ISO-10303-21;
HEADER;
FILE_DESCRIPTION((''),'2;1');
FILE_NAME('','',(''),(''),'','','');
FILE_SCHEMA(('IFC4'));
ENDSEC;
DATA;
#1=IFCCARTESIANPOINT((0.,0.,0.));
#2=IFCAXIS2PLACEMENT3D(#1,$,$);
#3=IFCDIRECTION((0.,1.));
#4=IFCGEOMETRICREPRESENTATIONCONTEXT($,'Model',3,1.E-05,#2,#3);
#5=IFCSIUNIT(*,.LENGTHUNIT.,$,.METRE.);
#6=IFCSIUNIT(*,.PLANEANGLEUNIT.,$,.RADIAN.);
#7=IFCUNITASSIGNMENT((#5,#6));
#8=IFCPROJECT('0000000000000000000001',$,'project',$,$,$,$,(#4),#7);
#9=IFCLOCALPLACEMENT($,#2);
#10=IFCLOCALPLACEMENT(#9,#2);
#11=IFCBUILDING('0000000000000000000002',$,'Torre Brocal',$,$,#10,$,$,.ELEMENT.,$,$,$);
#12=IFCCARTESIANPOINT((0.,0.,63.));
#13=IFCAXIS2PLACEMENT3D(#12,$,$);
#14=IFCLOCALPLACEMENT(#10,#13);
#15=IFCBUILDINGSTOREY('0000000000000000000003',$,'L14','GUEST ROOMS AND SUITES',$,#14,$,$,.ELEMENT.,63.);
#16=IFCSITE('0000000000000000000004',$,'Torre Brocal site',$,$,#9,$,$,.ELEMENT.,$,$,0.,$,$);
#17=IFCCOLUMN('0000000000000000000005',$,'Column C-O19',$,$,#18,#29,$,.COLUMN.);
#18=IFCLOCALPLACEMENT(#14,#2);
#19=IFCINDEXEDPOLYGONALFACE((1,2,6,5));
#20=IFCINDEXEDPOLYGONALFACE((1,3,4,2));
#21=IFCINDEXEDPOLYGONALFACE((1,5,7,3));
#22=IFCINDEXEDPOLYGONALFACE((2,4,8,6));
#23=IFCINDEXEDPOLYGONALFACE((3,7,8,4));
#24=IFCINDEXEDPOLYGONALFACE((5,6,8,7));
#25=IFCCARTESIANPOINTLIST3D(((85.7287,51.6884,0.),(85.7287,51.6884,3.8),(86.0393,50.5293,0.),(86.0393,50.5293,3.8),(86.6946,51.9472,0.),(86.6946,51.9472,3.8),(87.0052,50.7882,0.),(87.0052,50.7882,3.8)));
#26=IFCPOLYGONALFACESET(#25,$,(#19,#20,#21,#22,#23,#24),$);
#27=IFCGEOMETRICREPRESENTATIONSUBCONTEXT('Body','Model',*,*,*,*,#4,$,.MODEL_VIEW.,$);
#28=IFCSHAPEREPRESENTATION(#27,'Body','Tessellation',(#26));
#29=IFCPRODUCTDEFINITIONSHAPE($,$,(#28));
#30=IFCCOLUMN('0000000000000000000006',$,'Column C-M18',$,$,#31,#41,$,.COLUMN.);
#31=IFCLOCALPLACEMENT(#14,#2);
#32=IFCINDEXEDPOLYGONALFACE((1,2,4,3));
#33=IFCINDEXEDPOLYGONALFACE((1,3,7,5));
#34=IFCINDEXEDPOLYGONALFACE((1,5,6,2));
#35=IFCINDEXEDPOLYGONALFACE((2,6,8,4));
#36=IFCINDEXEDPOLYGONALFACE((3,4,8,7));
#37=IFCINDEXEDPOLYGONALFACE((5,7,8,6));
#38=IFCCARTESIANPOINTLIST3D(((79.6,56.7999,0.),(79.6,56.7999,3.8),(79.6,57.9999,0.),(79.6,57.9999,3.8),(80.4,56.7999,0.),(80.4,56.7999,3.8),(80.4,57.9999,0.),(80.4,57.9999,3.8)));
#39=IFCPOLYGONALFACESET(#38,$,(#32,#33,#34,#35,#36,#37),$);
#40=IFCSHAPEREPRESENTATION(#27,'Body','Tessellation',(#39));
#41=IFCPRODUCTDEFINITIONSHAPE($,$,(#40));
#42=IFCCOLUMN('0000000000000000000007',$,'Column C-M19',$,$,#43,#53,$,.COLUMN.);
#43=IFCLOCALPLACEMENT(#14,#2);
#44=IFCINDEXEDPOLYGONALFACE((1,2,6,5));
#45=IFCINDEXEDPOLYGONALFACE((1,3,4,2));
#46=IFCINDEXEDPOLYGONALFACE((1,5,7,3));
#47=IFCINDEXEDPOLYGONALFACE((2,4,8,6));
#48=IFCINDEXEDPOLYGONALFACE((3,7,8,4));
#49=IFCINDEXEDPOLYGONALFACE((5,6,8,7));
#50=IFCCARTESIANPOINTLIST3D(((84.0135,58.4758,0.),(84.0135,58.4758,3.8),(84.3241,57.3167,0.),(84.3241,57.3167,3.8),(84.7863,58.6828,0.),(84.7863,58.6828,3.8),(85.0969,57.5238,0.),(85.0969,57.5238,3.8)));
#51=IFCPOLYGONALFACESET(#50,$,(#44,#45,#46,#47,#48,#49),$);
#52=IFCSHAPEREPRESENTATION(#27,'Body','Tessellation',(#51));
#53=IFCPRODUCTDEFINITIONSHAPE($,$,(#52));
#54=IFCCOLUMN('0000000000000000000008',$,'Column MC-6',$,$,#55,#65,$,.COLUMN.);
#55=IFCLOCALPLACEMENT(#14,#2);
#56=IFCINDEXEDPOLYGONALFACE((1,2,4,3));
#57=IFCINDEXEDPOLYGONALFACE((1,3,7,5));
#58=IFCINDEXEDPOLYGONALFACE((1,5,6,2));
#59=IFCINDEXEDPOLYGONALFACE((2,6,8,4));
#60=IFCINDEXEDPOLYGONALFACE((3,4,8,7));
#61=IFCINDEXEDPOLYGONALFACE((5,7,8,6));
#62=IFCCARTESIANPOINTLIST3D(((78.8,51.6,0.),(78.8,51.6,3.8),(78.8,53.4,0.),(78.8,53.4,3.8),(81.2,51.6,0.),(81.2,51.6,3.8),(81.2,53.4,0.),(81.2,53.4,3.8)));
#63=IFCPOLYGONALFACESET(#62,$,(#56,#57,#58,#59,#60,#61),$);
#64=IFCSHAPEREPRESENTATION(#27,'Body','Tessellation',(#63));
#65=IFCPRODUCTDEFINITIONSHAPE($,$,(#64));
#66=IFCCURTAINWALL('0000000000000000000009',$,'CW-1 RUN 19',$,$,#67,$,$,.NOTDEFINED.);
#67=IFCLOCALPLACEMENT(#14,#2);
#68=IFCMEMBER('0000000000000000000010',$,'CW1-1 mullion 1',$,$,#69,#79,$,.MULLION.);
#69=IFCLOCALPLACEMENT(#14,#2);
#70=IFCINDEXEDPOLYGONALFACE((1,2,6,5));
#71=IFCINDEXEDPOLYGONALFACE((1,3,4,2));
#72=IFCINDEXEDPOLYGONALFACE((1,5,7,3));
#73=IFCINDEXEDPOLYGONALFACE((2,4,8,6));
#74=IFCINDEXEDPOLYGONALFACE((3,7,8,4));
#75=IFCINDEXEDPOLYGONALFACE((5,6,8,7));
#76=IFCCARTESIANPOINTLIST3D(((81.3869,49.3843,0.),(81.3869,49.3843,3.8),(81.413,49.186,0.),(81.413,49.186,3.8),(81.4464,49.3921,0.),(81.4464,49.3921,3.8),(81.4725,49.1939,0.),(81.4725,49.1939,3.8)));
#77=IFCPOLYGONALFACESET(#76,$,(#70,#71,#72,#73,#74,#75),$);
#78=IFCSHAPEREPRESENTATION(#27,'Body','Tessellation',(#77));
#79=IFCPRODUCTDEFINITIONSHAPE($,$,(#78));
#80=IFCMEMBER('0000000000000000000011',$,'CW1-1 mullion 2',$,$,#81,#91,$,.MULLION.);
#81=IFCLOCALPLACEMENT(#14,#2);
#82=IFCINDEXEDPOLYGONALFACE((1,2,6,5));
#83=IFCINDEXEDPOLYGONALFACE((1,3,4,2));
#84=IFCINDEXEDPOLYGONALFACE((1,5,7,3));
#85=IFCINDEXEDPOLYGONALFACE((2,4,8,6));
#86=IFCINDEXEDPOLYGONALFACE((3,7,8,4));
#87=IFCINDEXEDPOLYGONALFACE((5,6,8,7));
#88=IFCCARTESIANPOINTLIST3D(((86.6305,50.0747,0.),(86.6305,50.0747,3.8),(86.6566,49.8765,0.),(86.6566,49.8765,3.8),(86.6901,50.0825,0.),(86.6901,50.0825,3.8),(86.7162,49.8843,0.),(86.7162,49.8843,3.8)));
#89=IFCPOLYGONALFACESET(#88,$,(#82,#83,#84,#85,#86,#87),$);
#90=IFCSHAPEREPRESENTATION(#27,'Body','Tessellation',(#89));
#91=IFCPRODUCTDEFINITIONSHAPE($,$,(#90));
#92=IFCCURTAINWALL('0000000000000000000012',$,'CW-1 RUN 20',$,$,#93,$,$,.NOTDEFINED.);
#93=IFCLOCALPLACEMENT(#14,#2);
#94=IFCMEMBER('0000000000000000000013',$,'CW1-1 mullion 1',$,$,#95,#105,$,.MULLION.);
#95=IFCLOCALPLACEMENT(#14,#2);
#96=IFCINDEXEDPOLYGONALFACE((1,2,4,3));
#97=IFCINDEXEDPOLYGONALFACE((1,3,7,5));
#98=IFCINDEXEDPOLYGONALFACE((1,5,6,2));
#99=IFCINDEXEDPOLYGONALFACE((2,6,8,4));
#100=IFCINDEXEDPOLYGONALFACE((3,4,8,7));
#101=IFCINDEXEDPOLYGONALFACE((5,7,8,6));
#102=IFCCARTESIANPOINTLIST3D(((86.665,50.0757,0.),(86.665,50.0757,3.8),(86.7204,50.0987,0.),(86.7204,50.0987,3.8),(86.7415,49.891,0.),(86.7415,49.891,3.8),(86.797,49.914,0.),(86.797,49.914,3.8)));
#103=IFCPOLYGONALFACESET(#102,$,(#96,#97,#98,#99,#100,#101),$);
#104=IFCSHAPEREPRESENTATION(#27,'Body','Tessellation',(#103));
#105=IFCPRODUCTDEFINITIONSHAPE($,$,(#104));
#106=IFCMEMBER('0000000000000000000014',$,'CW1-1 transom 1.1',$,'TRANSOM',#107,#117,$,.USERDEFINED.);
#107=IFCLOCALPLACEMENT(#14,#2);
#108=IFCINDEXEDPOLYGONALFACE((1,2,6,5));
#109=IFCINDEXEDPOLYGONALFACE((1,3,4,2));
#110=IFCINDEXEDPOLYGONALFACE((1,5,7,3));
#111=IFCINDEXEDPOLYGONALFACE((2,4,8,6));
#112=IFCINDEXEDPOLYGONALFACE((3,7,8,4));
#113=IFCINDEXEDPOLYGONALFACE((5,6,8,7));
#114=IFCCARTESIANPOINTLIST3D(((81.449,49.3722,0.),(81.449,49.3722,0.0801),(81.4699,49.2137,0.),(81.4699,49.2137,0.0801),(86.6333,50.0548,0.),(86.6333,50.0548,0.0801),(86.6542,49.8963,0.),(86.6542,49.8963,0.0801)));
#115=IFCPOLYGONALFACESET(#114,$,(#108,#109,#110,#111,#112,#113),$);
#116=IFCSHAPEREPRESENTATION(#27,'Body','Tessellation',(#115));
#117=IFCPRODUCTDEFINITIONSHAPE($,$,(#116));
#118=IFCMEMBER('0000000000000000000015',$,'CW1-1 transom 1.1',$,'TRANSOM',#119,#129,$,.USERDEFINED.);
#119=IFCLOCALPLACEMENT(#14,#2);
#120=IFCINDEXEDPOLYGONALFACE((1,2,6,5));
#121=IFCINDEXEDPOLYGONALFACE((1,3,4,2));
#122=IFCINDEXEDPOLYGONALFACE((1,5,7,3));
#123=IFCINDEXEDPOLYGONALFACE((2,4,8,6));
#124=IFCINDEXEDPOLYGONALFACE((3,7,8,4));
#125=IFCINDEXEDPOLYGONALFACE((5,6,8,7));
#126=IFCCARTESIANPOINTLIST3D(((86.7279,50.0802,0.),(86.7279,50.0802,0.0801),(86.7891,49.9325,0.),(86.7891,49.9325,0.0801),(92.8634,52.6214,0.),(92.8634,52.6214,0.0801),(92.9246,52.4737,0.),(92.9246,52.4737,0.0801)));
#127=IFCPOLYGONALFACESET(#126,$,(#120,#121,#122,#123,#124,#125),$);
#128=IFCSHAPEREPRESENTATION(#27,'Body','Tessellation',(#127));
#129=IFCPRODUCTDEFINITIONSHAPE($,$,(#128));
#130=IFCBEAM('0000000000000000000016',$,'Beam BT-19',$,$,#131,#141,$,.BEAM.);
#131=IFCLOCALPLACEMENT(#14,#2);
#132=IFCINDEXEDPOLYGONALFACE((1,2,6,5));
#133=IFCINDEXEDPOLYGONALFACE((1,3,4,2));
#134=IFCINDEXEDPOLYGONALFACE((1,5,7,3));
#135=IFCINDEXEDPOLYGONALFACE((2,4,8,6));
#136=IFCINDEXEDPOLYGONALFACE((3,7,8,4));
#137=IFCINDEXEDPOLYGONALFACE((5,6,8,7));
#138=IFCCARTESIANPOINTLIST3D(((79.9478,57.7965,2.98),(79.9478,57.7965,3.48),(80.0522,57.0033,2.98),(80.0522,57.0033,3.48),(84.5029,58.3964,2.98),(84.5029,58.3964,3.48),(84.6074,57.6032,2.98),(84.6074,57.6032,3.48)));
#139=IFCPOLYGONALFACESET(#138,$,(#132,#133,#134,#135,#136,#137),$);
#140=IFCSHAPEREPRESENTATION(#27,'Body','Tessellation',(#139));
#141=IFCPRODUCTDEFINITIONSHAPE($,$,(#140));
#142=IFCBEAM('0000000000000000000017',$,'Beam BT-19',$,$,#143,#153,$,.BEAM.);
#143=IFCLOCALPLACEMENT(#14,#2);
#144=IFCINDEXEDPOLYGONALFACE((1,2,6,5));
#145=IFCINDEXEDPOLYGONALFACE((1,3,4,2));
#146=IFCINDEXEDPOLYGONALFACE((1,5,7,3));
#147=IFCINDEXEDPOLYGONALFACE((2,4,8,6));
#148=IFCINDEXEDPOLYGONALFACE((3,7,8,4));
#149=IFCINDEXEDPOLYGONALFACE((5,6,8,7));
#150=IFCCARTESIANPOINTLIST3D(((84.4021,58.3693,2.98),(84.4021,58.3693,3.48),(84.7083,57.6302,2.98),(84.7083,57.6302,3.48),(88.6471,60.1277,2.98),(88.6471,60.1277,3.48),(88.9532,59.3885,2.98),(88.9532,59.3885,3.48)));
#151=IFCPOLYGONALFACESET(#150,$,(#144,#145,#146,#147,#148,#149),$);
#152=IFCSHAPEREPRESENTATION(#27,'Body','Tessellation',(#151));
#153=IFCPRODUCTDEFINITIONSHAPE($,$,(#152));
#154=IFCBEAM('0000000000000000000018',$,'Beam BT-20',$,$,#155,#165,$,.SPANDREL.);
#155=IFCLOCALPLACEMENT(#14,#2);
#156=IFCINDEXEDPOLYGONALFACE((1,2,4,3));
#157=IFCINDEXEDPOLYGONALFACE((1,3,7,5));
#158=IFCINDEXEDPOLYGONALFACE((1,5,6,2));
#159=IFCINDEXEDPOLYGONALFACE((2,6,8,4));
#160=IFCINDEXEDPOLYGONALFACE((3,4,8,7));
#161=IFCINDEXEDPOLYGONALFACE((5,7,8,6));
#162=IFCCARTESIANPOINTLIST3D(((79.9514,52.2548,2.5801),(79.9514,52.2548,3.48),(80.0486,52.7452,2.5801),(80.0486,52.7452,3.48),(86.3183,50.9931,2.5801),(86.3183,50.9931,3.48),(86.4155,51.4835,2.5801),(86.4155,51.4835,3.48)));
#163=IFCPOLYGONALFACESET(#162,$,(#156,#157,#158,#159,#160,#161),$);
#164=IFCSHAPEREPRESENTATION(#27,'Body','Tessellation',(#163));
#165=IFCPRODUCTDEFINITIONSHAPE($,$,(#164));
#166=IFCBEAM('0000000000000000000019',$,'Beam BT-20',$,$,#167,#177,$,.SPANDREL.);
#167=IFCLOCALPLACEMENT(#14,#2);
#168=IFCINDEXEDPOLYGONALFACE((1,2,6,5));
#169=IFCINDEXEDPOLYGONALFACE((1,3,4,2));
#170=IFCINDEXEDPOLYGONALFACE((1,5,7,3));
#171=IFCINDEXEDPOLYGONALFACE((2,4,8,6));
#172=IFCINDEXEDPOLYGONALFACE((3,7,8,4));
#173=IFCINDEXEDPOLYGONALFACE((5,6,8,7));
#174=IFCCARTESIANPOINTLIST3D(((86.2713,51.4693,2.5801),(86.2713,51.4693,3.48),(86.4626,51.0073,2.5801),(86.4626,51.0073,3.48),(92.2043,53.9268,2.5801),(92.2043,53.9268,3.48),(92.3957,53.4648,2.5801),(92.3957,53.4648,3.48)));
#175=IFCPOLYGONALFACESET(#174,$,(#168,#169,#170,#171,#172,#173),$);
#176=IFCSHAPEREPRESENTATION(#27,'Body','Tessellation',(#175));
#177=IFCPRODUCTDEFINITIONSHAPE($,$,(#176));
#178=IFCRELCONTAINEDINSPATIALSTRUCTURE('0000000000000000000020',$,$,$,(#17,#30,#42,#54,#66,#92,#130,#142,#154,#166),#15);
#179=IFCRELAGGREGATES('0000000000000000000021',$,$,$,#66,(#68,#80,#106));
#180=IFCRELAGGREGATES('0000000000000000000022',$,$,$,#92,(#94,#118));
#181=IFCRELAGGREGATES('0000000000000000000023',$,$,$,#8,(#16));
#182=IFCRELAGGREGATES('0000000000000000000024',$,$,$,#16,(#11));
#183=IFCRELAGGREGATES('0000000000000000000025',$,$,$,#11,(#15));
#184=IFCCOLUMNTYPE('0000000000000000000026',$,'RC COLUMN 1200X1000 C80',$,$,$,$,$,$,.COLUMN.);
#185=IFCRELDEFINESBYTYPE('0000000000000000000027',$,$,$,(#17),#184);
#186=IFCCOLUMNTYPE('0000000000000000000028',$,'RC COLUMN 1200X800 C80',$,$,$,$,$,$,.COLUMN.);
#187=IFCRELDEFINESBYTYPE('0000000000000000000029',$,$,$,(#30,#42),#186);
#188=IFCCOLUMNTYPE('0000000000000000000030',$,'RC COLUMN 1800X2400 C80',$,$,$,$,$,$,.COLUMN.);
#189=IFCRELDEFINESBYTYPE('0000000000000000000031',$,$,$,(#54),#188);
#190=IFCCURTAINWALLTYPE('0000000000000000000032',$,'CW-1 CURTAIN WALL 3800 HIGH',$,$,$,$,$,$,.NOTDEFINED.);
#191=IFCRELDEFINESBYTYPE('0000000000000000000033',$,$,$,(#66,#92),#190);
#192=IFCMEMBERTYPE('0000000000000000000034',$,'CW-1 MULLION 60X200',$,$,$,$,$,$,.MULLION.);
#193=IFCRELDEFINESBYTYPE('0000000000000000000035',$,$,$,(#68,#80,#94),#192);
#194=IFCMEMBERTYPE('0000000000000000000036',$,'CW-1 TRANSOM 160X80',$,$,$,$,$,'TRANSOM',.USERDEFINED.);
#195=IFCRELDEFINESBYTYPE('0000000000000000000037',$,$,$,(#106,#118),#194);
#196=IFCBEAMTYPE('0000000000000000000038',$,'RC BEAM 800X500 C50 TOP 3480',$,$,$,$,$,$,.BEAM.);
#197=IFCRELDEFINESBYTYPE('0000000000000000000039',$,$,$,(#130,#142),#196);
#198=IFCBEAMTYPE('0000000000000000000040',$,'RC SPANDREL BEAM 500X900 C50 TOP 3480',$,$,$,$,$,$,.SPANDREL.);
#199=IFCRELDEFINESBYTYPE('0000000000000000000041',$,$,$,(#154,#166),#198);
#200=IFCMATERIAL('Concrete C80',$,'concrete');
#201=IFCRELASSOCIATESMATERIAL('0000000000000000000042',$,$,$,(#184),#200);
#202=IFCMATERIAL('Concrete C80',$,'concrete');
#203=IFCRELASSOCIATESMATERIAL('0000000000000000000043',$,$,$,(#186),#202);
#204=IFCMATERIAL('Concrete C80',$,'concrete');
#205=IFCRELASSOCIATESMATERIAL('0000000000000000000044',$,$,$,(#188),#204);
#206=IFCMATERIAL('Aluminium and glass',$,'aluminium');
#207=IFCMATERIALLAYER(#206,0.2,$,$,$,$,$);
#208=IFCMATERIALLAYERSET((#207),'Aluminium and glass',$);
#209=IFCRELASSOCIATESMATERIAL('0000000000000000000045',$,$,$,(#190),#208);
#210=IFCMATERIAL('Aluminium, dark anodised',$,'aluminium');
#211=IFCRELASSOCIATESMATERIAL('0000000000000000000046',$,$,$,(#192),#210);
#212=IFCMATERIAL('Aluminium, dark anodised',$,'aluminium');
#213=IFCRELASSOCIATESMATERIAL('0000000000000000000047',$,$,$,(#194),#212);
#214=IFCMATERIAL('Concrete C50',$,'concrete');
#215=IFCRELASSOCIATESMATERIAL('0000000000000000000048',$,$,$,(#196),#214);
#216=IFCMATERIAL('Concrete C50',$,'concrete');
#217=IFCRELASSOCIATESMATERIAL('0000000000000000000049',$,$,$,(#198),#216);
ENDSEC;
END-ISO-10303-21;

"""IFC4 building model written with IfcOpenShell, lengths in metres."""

from ifc_helpers import new_model, si_unit, direction, frame, origin, origin_2d, place, context, subcontext, project, spatial, rectangle, extrude, material, layer, layer_set, material_profile, profile_set, type_object, element, aggregate, save


model = new_model("IFC4")

# Units and contexts
model_context = context("Model", 3, precision=1e-05, world=origin(), true_north=direction((0.0, 1.0)))
body_context = subcontext(model_context, "Body", "Model", "MODEL_VIEW")
ifc_project = project(units=[si_unit("LENGTHUNIT", "METRE"), si_unit("PLANEANGLEUNIT", "RADIAN")], contexts=[model_context])

# Site, building, storey
site_placement = place(None, origin())
site = spatial("IfcSite", under=ifc_project, at=site_placement, Name="Torre Brocal site", CompositionType="ELEMENT", RefElevation=0.0)
building_placement = place(site_placement, origin())
building = spatial("IfcBuilding", under=site, at=building_placement, Name="Torre Brocal", CompositionType="ELEMENT")
storey_placement = place(building_placement, frame((0.0, 0.0, 63.0)))
storey = spatial("IfcBuildingStorey", under=building, at=storey_placement, Name="L14", Description="GUEST ROOMS AND SUITES", CompositionType="ELEMENT", Elevation=63.0)

# Columns
ifc_material_1 = material(Name="Concrete C80", Category="concrete")
ifc_material_profile_1 = material_profile(ifc_material_1, rectangle(XDim=1.2, YDim=1.0, at=origin_2d()), Name="RC 1200X1000")
ifc_profile_set_1 = profile_set([ifc_material_profile_1], Name="Concrete C80")
column_type_1 = type_object("IfcColumnType", Name="RC COLUMN 1200X1000 C80", PredefinedType="COLUMN", material=ifc_profile_set_1)
column_1_placement = place(storey_placement, frame((86.3669, 51.2383, 0.0), z_axis=(0.0, 0.0, 1.0), x_axis=(0.258819, -0.965926, 0.0)))
element("IfcColumn", 1, at=column_1_placement, inside=storey, type_object=column_type_1, Name="Column C-O19", PredefinedType="COLUMN", context=body_context, shape_type="SweptSolid", body=[
    extrude(rectangle(XDim=1.2, YDim=1.0, at=origin_2d()), origin(), (0.0, 0.0, 1.0), 3.8),
])
ifc_material_2 = material(Name="Concrete C80", Category="concrete")
ifc_material_profile_2 = material_profile(ifc_material_2, rectangle(XDim=1.2, YDim=0.8, at=origin_2d()), Name="RC 1200X800")
ifc_profile_set_2 = profile_set([ifc_material_profile_2], Name="Concrete C80")
column_type_2 = type_object("IfcColumnType", Name="RC COLUMN 1200X800 C80", PredefinedType="COLUMN", material=ifc_profile_set_2)
for number, where, z_axis, x_axis, name in (
    (2, (80.0, 57.3999, 0.0), (0.0, 0.0, 1.0), (0.0, -1.0, 0.0), "Column C-M18"),
    (3, (84.5552, 57.9998, 0.0), (0.0, 0.0, 1.0), (0.258819, -0.965926, 0.0), "Column C-M19"),
):
    element("IfcColumn", number, at=place(storey_placement, frame(where, z_axis=z_axis, x_axis=x_axis)), inside=storey, type_object=column_type_2, Name=name, PredefinedType="COLUMN", context=body_context, shape_type="SweptSolid", body=[
        extrude(rectangle(XDim=1.2, YDim=0.8, at=origin_2d()), origin(), (0.0, 0.0, 1.0), 3.8),
    ])
ifc_material_3 = material(Name="Concrete C80", Category="concrete")
ifc_material_profile_3 = material_profile(ifc_material_3, rectangle(XDim=1.8, YDim=2.3999, at=origin_2d()), Name="RC 1800X2400")
ifc_profile_set_3 = profile_set([ifc_material_profile_3], Name="Concrete C80")
column_type_3 = type_object("IfcColumnType", Name="RC COLUMN 1800X2400 C80", PredefinedType="COLUMN", material=ifc_profile_set_3)
column_2_placement = place(storey_placement, frame((80.0, 52.5, 0.0), z_axis=(0.0, 0.0, 1.0), x_axis=(0.0, -1.0, 0.0)))
element("IfcColumn", 4, at=column_2_placement, inside=storey, type_object=column_type_3, Name="Column MC-6", PredefinedType="COLUMN", context=body_context, shape_type="SweptSolid", body=[
    extrude(rectangle(XDim=1.8, YDim=2.3999, at=origin_2d()), origin(), (0.0, 0.0, 1.0), 3.8),
])

# Curtain wall, members
ifc_material_4 = material(Name="Aluminium and glass", Category="aluminium")
ifc_layer_1 = layer(ifc_material_4, 0.2)
ifc_layer_set_1 = layer_set([ifc_layer_1], Name="Aluminium and glass")
curtain_wall_type = type_object("IfcCurtainWallType", Name="CW-1 CURTAIN WALL 3800 HIGH", PredefinedType="NOTDEFINED", material=ifc_layer_set_1)
curtain_wall_1_placement = place(storey_placement, origin())
curtain_wall_1 = element("IfcCurtainWall", 5, at=curtain_wall_1_placement, inside=storey, type_object=curtain_wall_type, Name="CW-1 RUN 19", PredefinedType="NOTDEFINED")
ifc_material_5 = material(Name="Aluminium, dark anodised", Category="aluminium")
ifc_material_profile_4 = material_profile(ifc_material_5, rectangle(XDim=0.2, YDim=0.0601, at=origin_2d()), Name="CW-1 MULLION 60X200")
ifc_profile_set_4 = profile_set([ifc_material_profile_4], Name="Aluminium, dark anodised")
member_type_1 = type_object("IfcMemberType", Name="CW-1 MULLION 60X200", PredefinedType="MULLION", material=ifc_profile_set_4)
member_1_placement = place(storey_placement, frame((81.4297, 49.2891, 0.0), z_axis=(0.0, 0.0, 1.0), x_axis=(-0.130526, 0.991445, 0.0)))
member_1 = element("IfcMember", 6, at=member_1_placement, type_object=member_type_1, Name="CW1-1 mullion 1", PredefinedType="MULLION", context=body_context, shape_type="SweptSolid", body=[
    extrude(rectangle(XDim=0.2, YDim=0.0601, at=origin_2d()), origin(), (0.0, 0.0, 1.0), 3.8),
])
member_2_placement = place(storey_placement, frame((86.6733, 49.9795, 0.0), z_axis=(0.0, 0.0, 1.0), x_axis=(-0.130526, 0.991445, 0.0)))
member_2 = element("IfcMember", 7, at=member_2_placement, type_object=member_type_1, Name="CW1-1 mullion 2", PredefinedType="MULLION", context=body_context, shape_type="SweptSolid", body=[
    extrude(rectangle(XDim=0.2, YDim=0.0601, at=origin_2d()), origin(), (0.0, 0.0, 1.0), 3.8),
])

# Curtain wall, member
curtain_wall_2_placement = place(storey_placement, origin())
curtain_wall_2 = element("IfcCurtainWall", 8, at=curtain_wall_2_placement, inside=storey, type_object=curtain_wall_type, Name="CW-1 RUN 20", PredefinedType="NOTDEFINED")
member_3_placement = place(storey_placement, frame((86.731, 49.9949, 0.0), z_axis=(0.0, 0.0, 1.0), x_axis=(-0.382683, 0.92388, 0.0)))
member_3 = element("IfcMember", 9, at=member_3_placement, type_object=member_type_1, Name="CW1-1 mullion 1", PredefinedType="MULLION", context=body_context, shape_type="SweptSolid", body=[
    extrude(rectangle(XDim=0.2, YDim=0.0601, at=origin_2d()), origin(), (0.0, 0.0, 1.0), 3.8),
])

# Members
ifc_material_6 = material(Name="Aluminium, dark anodised", Category="aluminium")
ifc_material_profile_5 = material_profile(ifc_material_6, rectangle(XDim=0.1599, YDim=0.0801, at=origin_2d()), Name="CW-1 TRANSOM 160X80")
ifc_profile_set_5 = profile_set([ifc_material_profile_5], Name="Aluminium, dark anodised")
member_type_2 = type_object("IfcMemberType", Name="CW-1 TRANSOM 160X80", ElementType="TRANSOM", PredefinedType="USERDEFINED", material=ifc_profile_set_5)
member_4_placement = place(storey_placement, frame((81.4595, 49.293, 0.04), z_axis=(0.991443, 0.130543, 0.0), x_axis=(-0.130543, 0.991443, 0.0)))
member_4 = element("IfcMember", 10, at=member_4_placement, type_object=member_type_2, Name="CW1-1 transom 1.1", ObjectType="TRANSOM", PredefinedType="USERDEFINED", context=body_context, shape_type="SweptSolid", body=[
    extrude(rectangle(XDim=0.1599, YDim=0.0801, at=origin_2d()), origin(), (0.0, 0.0, 1.0), 5.229),
])
member_5_placement = place(storey_placement, frame((86.7585, 50.0063, 0.04), z_axis=(0.923887, 0.382665, 0.0), x_axis=(-0.382665, 0.923887, 0.0)))
member_5 = element("IfcMember", 11, at=member_5_placement, type_object=member_type_2, Name="CW1-1 transom 1.1", ObjectType="TRANSOM", PredefinedType="USERDEFINED", context=body_context, shape_type="SweptSolid", body=[
    extrude(rectangle(XDim=0.1599, YDim=0.0801, at=origin_2d()), origin(), (0.0, 0.0, 1.0), 6.6409),
])

# Beams
ifc_material_7 = material(Name="Concrete C50", Category="concrete")
ifc_material_profile_6 = material_profile(ifc_material_7, rectangle(XDim=0.8, YDim=0.5, at=origin_2d()), Name="RC 800X500")
ifc_profile_set_6 = profile_set([ifc_material_profile_6], Name="Concrete C50")
beam_type_1 = type_object("IfcBeamType", Name="RC BEAM 800X500 C50 TOP 3480", PredefinedType="BEAM", material=ifc_profile_set_6)
beam_1_placement = place(storey_placement, frame((80.0, 57.3999, 3.23), z_axis=(0.991441, 0.130559, 0.0), x_axis=(-0.130559, 0.991441, 0.0)))
element("IfcBeam", 12, at=beam_1_placement, inside=storey, type_object=beam_type_1, Name="Beam BT-19", PredefinedType="BEAM", context=body_context, shape_type="SweptSolid", body=[
    extrude(rectangle(XDim=0.8, YDim=0.5, at=origin_2d()), origin(), (0.0, 0.0, 1.0), 4.5945),
])
beam_2_placement = place(storey_placement, frame((84.5552, 57.9998, 3.23), z_axis=(0.923878, 0.382687, 0.0), x_axis=(-0.382687, 0.923878, 0.0)))
element("IfcBeam", 13, at=beam_2_placement, inside=storey, type_object=beam_type_1, Name="Beam BT-19", PredefinedType="BEAM", context=body_context, shape_type="SweptSolid", body=[
    extrude(rectangle(XDim=0.8, YDim=0.5, at=origin_2d()), origin(), (0.0, 0.0, 1.0), 4.5947),
])
ifc_material_8 = material(Name="Concrete C50", Category="concrete")
ifc_material_profile_7 = material_profile(ifc_material_8, rectangle(XDim=0.5, YDim=0.8999, at=origin_2d()), Name="RC 500X900")
ifc_profile_set_7 = profile_set([ifc_material_profile_7], Name="Concrete C50")
beam_type_2 = type_object("IfcBeamType", Name="RC SPANDREL BEAM 500X900 C50 TOP 3480", PredefinedType="SPANDREL", material=ifc_profile_set_7)
beam_3_placement = place(storey_placement, frame((80.0, 52.5, 3.03), z_axis=(0.980925, -0.194387, 0.0), x_axis=(0.194387, 0.980925, 0.0)))
element("IfcBeam", 14, at=beam_3_placement, inside=storey, type_object=beam_type_2, Name="Beam BT-20", PredefinedType="SPANDREL", context=body_context, shape_type="SweptSolid", body=[
    extrude(rectangle(XDim=0.5, YDim=0.8999, at=origin_2d()), origin(), (0.0, 0.0, 1.0), 6.4907),
])
beam_4_placement = place(storey_placement, frame((86.3669, 51.2383, 3.03), z_axis=(0.923882, 0.382676, 0.0), x_axis=(-0.382676, 0.923882, 0.0)))
element("IfcBeam", 15, at=beam_4_placement, inside=storey, type_object=beam_type_2, Name="Beam BT-20", PredefinedType="SPANDREL", context=body_context, shape_type="SweptSolid", body=[
    extrude(rectangle(XDim=0.5, YDim=0.8999, at=origin_2d()), origin(), (0.0, 0.0, 1.0), 6.4219),
])

aggregate(curtain_wall_1, [member_1, member_2, member_4])
aggregate(curtain_wall_2, [member_3, member_5])

save(model, "model.ifc")
